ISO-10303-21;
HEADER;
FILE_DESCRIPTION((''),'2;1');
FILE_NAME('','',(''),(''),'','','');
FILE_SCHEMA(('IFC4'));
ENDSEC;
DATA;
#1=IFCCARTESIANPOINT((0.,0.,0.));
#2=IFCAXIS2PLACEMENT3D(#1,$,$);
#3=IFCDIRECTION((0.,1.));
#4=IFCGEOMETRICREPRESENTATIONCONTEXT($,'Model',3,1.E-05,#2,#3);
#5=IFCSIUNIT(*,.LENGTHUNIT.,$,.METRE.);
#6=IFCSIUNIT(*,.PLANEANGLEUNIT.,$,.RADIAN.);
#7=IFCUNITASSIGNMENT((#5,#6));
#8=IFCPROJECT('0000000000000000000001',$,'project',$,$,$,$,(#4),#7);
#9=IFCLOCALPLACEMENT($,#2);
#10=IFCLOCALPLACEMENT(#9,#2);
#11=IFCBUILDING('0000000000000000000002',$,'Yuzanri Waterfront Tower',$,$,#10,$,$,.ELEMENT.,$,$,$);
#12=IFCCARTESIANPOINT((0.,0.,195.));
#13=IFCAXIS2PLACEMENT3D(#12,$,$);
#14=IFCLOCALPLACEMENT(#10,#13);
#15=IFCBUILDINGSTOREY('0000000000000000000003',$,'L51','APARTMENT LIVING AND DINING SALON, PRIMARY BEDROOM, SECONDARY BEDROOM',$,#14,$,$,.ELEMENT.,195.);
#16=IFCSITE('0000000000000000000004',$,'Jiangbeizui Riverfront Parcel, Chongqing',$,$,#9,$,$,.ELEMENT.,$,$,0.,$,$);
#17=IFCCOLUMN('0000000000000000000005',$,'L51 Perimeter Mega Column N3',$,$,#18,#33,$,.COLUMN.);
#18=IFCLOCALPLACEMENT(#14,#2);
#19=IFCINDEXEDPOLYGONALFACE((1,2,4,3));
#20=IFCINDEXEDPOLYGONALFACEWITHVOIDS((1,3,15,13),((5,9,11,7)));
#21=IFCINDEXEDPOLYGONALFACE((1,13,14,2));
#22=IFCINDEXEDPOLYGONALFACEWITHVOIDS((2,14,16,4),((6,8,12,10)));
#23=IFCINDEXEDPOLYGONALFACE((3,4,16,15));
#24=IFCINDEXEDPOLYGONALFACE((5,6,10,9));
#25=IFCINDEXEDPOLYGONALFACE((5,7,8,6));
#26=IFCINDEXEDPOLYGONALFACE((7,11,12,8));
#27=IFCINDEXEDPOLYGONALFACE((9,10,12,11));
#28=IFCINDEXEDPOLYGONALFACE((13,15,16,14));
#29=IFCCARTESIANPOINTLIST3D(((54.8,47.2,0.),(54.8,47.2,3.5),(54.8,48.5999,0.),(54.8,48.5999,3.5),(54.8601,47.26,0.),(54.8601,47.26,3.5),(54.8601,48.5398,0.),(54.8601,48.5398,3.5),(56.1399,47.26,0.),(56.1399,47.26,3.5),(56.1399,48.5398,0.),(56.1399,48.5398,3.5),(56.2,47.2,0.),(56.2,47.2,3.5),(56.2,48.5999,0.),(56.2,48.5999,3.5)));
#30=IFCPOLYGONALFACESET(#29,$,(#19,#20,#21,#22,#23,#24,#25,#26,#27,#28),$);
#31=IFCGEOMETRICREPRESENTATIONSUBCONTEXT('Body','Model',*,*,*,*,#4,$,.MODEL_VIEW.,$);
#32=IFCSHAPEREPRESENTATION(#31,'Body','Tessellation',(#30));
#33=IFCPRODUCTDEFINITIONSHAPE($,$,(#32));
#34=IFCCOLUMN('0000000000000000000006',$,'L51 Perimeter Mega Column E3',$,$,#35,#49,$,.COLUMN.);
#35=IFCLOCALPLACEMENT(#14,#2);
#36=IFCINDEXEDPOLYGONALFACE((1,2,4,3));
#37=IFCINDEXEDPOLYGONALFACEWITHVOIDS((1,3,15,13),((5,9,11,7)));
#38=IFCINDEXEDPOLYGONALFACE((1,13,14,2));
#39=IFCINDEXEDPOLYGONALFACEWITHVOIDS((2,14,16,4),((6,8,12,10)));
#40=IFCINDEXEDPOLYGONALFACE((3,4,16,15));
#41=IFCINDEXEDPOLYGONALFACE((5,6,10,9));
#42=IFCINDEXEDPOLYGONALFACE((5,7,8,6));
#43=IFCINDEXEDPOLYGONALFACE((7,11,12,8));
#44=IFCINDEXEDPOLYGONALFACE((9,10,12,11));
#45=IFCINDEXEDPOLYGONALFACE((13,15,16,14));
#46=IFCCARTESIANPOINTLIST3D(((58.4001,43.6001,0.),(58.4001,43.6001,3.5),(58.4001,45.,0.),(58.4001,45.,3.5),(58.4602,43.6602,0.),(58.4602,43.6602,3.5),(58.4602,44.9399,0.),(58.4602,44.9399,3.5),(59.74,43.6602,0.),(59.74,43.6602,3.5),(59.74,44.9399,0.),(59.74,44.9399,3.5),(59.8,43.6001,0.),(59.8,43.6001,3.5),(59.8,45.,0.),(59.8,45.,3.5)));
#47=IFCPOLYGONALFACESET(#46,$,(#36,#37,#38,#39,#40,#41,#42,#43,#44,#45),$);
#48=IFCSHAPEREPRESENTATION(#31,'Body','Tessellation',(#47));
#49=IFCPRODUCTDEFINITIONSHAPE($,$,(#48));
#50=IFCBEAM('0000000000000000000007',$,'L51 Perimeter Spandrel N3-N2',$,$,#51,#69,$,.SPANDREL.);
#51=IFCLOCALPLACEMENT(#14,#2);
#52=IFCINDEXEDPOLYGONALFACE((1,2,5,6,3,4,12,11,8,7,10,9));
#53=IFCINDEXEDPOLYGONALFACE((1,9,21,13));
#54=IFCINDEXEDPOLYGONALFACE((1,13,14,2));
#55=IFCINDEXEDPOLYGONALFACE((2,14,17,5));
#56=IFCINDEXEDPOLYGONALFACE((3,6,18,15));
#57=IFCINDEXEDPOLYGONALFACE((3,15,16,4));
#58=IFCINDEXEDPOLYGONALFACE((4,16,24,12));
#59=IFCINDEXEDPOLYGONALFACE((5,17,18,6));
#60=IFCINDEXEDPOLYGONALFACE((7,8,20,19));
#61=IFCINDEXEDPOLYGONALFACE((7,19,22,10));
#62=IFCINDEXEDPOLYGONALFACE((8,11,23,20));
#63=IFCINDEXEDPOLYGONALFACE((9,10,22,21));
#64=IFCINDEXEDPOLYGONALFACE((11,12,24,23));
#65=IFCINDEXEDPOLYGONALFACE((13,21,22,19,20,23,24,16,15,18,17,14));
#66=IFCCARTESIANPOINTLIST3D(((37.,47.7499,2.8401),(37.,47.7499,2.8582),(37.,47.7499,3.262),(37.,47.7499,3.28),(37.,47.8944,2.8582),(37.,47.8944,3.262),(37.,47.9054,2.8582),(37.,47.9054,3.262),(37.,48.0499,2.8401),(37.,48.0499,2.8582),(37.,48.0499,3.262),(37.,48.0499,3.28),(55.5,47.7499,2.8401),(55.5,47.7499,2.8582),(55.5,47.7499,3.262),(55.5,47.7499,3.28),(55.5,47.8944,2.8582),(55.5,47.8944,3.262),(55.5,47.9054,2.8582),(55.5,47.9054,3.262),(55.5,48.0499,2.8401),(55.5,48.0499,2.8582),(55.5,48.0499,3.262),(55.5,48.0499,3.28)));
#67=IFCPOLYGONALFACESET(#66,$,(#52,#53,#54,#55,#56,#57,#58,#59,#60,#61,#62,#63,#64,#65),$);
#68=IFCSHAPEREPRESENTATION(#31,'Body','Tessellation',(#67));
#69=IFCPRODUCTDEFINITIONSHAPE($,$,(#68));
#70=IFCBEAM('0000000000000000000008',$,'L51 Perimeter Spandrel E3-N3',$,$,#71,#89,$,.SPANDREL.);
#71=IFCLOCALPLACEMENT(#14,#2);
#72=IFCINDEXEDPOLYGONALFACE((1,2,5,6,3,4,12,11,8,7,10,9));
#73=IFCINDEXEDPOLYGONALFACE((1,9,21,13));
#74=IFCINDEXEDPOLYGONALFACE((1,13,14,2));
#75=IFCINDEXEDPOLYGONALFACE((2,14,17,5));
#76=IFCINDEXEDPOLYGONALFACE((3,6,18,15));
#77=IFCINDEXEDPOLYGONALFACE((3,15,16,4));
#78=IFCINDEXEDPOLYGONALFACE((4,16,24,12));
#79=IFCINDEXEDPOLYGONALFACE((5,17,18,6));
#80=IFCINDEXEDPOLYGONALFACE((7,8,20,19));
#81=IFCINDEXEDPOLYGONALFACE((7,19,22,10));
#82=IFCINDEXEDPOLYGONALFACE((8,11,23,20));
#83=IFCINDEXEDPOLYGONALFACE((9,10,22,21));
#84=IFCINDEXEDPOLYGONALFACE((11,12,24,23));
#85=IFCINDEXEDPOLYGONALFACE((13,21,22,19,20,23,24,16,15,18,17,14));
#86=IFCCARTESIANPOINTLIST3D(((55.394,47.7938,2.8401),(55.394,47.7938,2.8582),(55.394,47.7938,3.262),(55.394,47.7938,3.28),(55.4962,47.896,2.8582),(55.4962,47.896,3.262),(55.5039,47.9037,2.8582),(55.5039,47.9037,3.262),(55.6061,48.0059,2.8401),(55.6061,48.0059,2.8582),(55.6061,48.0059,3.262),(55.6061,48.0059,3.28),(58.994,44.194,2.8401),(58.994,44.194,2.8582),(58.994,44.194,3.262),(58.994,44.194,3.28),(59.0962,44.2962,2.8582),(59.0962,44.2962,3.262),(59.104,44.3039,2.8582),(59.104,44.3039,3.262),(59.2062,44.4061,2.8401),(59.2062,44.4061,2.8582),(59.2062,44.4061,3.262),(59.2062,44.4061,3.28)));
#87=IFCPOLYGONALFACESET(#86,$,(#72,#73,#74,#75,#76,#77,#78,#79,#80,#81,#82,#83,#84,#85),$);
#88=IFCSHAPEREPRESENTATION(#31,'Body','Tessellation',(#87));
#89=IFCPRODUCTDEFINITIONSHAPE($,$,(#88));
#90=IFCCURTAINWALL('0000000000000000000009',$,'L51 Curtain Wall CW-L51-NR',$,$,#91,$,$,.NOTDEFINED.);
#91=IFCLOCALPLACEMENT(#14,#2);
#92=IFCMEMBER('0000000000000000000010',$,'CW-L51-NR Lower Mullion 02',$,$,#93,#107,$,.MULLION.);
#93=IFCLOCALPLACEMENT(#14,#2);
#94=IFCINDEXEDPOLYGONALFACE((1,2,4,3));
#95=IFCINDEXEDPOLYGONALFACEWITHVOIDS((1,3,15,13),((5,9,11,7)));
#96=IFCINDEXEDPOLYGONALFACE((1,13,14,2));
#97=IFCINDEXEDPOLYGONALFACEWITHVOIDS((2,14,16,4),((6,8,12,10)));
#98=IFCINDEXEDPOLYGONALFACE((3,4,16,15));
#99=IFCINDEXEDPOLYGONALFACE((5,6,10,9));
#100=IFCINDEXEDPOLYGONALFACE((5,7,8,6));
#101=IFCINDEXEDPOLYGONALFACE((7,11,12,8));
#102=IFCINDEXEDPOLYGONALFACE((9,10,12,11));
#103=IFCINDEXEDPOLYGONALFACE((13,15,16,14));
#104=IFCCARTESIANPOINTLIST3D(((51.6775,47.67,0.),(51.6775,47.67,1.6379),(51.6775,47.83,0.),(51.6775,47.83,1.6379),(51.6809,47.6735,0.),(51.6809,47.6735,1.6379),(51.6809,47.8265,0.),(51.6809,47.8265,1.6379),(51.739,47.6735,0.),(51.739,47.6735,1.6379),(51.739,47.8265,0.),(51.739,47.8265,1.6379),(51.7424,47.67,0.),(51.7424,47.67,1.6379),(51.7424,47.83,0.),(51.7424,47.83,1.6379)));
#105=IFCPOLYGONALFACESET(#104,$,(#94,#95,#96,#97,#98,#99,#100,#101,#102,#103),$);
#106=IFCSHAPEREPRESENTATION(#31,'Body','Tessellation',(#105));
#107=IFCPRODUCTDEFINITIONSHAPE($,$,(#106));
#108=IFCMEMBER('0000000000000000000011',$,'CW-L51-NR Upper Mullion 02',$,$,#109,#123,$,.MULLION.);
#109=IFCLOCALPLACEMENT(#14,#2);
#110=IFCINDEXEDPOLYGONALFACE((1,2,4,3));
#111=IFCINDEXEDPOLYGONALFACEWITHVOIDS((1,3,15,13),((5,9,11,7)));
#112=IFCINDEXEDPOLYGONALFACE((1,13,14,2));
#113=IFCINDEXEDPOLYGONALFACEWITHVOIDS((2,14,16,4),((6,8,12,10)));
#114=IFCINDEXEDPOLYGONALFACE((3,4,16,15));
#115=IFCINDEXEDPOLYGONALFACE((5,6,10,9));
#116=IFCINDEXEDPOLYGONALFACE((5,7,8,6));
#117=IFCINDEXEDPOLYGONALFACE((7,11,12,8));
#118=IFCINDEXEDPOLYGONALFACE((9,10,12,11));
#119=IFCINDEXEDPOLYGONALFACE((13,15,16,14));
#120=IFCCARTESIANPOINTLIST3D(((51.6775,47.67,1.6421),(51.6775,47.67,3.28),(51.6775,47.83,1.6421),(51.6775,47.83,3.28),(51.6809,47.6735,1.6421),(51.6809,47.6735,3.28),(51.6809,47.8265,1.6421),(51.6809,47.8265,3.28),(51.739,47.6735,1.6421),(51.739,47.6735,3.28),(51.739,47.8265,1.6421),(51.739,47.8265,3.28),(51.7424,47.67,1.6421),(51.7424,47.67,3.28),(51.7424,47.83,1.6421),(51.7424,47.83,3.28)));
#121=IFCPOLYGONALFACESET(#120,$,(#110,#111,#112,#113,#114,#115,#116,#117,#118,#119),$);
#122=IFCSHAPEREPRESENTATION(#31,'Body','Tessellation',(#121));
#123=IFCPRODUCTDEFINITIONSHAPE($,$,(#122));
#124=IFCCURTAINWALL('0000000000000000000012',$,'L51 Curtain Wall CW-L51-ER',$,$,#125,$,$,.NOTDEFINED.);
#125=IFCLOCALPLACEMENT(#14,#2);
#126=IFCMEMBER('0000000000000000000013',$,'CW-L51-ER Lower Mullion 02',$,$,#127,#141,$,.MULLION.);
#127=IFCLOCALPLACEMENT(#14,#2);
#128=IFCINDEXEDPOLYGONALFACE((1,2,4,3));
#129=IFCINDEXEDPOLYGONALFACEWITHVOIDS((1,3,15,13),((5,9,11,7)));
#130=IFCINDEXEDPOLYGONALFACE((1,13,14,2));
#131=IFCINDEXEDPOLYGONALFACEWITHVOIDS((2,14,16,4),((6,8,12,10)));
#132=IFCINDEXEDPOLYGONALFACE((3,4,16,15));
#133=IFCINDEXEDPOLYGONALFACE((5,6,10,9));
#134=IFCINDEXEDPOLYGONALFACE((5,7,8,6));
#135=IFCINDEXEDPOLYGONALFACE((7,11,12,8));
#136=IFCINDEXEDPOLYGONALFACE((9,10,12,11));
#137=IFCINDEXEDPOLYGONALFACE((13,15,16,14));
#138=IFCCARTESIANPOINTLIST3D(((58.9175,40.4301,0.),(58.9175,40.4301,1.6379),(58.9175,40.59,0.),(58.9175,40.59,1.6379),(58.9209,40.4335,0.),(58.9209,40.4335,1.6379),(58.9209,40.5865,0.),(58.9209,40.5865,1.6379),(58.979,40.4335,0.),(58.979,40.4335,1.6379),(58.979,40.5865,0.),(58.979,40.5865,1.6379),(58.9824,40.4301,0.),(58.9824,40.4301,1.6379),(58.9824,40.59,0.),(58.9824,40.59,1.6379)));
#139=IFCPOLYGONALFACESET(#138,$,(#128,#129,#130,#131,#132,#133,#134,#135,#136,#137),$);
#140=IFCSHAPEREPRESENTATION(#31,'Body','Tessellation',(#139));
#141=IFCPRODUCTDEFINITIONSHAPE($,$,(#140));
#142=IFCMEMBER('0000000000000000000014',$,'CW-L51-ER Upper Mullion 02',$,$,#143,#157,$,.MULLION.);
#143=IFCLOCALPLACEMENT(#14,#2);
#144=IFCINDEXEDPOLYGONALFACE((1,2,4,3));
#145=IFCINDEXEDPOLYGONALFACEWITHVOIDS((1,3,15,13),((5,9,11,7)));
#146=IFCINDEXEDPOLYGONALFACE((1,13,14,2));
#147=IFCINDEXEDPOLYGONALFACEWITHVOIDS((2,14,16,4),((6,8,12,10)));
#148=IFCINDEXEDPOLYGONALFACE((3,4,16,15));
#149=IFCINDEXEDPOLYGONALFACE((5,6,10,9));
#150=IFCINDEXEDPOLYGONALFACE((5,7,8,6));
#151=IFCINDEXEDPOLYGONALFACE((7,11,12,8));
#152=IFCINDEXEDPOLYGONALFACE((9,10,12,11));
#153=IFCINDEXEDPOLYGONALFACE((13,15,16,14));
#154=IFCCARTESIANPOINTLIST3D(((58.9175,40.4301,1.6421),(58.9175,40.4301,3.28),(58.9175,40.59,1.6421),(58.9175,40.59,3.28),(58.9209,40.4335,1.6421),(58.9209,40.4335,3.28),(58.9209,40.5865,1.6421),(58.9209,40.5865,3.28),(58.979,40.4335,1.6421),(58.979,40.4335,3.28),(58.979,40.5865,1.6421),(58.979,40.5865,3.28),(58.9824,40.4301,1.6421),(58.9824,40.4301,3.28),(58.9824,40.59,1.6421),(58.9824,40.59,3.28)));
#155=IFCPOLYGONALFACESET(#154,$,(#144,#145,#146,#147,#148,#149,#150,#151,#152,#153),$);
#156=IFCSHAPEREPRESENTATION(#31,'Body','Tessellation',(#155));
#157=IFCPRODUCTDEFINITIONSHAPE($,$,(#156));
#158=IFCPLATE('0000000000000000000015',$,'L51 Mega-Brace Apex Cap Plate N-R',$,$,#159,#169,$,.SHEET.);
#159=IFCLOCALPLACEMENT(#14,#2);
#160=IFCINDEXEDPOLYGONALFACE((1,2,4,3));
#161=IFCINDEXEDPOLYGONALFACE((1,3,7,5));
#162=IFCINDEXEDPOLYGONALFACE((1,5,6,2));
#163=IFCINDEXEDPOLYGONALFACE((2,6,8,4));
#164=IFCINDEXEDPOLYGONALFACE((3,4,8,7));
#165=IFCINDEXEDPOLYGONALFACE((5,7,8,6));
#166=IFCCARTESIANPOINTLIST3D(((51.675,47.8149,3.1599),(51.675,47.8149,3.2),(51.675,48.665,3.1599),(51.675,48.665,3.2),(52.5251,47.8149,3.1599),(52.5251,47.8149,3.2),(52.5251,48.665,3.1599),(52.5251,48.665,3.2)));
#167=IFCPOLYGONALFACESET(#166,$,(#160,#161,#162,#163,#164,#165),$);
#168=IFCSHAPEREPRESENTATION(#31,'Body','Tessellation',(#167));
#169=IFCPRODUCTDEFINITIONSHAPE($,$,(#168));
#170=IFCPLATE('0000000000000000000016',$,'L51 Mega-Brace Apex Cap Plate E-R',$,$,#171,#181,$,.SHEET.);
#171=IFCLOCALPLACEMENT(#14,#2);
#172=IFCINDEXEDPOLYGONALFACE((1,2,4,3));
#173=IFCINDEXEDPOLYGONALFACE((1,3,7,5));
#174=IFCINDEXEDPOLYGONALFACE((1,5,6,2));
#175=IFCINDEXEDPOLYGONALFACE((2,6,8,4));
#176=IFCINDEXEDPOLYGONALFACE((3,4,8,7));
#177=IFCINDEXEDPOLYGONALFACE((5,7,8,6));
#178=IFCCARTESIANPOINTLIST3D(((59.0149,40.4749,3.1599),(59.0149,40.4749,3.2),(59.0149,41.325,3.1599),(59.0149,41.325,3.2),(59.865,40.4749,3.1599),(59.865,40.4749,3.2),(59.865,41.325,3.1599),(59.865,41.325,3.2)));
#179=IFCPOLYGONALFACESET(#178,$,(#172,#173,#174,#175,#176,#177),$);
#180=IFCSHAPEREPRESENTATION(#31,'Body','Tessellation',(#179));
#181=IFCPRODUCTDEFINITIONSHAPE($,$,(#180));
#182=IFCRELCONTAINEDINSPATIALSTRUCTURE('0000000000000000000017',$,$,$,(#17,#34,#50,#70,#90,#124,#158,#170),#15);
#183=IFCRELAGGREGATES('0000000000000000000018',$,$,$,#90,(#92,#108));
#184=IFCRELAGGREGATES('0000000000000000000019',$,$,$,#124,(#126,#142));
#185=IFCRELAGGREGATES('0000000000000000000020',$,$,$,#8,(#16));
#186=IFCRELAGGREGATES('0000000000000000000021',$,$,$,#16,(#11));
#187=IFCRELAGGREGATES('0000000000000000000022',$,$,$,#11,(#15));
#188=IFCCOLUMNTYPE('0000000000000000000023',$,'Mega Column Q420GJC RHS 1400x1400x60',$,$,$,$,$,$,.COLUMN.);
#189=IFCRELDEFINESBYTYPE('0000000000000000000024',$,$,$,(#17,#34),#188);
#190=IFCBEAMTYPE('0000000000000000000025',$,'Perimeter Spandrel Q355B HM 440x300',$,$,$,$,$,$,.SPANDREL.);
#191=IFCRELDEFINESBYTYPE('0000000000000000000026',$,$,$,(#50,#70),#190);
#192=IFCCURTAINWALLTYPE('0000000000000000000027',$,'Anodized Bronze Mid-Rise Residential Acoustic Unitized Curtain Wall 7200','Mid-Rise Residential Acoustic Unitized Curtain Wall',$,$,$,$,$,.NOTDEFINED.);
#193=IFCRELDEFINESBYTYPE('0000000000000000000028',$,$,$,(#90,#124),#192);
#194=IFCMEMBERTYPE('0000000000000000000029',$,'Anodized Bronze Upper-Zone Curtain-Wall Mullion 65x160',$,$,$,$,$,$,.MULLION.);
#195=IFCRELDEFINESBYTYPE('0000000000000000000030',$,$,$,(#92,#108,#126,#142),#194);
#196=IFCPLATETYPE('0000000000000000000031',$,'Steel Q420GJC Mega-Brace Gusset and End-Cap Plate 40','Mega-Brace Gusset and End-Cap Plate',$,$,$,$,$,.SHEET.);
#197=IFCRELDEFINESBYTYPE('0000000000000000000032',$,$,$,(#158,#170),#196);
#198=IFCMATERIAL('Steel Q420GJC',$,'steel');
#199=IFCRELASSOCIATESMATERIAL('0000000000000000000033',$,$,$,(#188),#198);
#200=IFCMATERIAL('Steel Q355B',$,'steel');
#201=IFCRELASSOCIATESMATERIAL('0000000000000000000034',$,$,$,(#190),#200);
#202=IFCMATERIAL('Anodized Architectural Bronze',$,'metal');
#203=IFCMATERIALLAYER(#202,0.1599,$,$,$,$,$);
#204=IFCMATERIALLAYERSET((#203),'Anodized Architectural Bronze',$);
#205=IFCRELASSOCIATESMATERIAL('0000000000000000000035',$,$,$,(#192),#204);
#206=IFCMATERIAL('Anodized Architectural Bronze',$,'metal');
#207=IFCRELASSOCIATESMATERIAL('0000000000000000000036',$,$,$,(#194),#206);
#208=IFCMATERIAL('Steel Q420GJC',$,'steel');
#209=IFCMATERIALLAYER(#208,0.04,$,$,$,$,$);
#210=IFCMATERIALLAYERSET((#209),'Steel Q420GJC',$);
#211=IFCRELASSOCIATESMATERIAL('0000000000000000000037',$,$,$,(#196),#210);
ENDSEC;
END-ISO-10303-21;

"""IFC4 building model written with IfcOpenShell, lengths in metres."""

from ifc_helpers import new_model, si_unit, direction, frame, origin, origin_2d, place, context, subcontext, project, spatial, rectangle, hollow_rectangle, i_section, extrude, source, transform, mapped, material, layer, layer_set, material_profile, profile_set, type_object, element, aggregate, save


model = new_model("IFC4")

# Units and contexts
model_context = context("Model", 3, precision=1e-05, world=origin(), true_north=direction((0.0, 1.0)))
body_context = subcontext(model_context, "Body", "Model", "MODEL_VIEW")
ifc_project = project(units=[si_unit("LENGTHUNIT", "METRE"), si_unit("PLANEANGLEUNIT", "RADIAN")], contexts=[model_context])

# Site, building, storey
site_placement = place(None, origin())
site = spatial("IfcSite", under=ifc_project, at=site_placement, Name="Jiangbeizui Riverfront Parcel, Chongqing", CompositionType="ELEMENT", RefElevation=0.0)
building_placement = place(site_placement, origin())
building = spatial("IfcBuilding", under=site, at=building_placement, Name="Yuzanri Waterfront Tower", CompositionType="ELEMENT")
storey_placement = place(building_placement, frame((0.0, 0.0, 195.0)))
storey = spatial("IfcBuildingStorey", under=building, at=storey_placement, Name="L51", Description="APARTMENT LIVING AND DINING SALON, PRIMARY BEDROOM, SECONDARY BEDROOM", CompositionType="ELEMENT", Elevation=195.0)

# Columns
ifc_material_1 = material(Name="Steel Q420GJC", Category="steel")
ifc_material_profile_1 = material_profile(ifc_material_1, hollow_rectangle(XDim=1.3999, YDim=1.3999, WallThickness=0.0601, at=origin_2d()), Name="RHS 1400x1400x60")
ifc_profile_set_1 = profile_set([ifc_material_profile_1], Name="Steel Q420GJC")
column_type = type_object("IfcColumnType", Name="Mega Column Q420GJC RHS 1400x1400x60", PredefinedType="COLUMN", material=ifc_profile_set_1)
shared_shape_1 = source(origin(), body_context, "Body", "SweptSolid", [
    extrude(hollow_rectangle(XDim=1.3999, YDim=1.3999, WallThickness=0.0601, at=origin_2d()), origin(), (0.0, 0.0, 1.0), 3.5),
])
for number, where, z_axis, x_axis, name in (
    (1, (55.5, 47.8999, 0.0), (0.0, 0.0, 1.0), (1.0, 0.0, 0.0), "L51 Perimeter Mega Column N3"),
    (2, (59.1001, 44.3, 0.0), (0.0, 0.0, 1.0), (1.0, 0.0, 0.0), "L51 Perimeter Mega Column E3"),
):
    element("IfcColumn", number, at=place(storey_placement, frame(where, z_axis=z_axis, x_axis=x_axis)), inside=storey, type_object=column_type, Name=name, PredefinedType="COLUMN", context=body_context, shape_type="MappedRepresentation", body=[
        mapped(shared_shape_1, transform((0.0, 0.0, 0.0), scale=1.0)),
    ])

# Beams
ifc_material_2 = material(Name="Steel Q355B", Category="steel")
ifc_material_profile_2 = material_profile(ifc_material_2, i_section(OverallWidth=0.3, OverallDepth=0.4399, WebThickness=0.011, FlangeThickness=0.0181, at=origin_2d()), Name="HM 440x300x11x18")
ifc_profile_set_2 = profile_set([ifc_material_profile_2], Name="Steel Q355B")
beam_type = type_object("IfcBeamType", Name="Perimeter Spandrel Q355B HM 440x300", PredefinedType="SPANDREL", material=ifc_profile_set_2)
shared_shape_2 = source(origin(), body_context, "Body", "SweptSolid", [
    extrude(i_section(OverallWidth=0.3, OverallDepth=0.4399, WebThickness=0.011, FlangeThickness=0.0181, at=origin_2d()), origin(), (0.0, 0.0, 1.0), 18.5),
])
beam_1_placement = place(storey_placement, frame((55.5, 47.8999, 3.0601), z_axis=(-1.0, 0.0, 0.0), x_axis=(0.0, -1.0, 0.0)))
element("IfcBeam", 3, at=beam_1_placement, inside=storey, type_object=beam_type, Name="L51 Perimeter Spandrel N3-N2", PredefinedType="SPANDREL", context=body_context, shape_type="MappedRepresentation", body=[
    mapped(shared_shape_2, transform((0.0, 0.0, 0.0), scale=1.0)),
])
shared_shape_3 = source(origin(), body_context, "Body", "SweptSolid", [
    extrude(i_section(OverallWidth=0.3, OverallDepth=0.4399, WebThickness=0.011, FlangeThickness=0.0181, at=origin_2d()), origin(), (0.0, 0.0, 1.0), 5.0911),
])
beam_2_placement = place(storey_placement, frame((59.1001, 44.3, 3.0601), z_axis=(-0.707131, 0.707083, 0.0), x_axis=(-0.707083, -0.707131, 0.0)))
element("IfcBeam", 4, at=beam_2_placement, inside=storey, type_object=beam_type, Name="L51 Perimeter Spandrel E3-N3", PredefinedType="SPANDREL", context=body_context, shape_type="MappedRepresentation", body=[
    mapped(shared_shape_3, transform((0.0, 0.0, 0.0), scale=1.0)),
])

# Curtain walls, members
ifc_material_3 = material(Name="Anodized Architectural Bronze", Category="metal")
ifc_layer_1 = layer(ifc_material_3, 0.1599)
ifc_layer_set_1 = layer_set([ifc_layer_1], Name="Anodized Architectural Bronze")
curtain_wall_type = type_object("IfcCurtainWallType", Name="Anodized Bronze Mid-Rise Residential Acoustic Unitized Curtain Wall 7200", Description="Mid-Rise Residential Acoustic Unitized Curtain Wall", PredefinedType="NOTDEFINED", material=ifc_layer_set_1)
curtain_wall_1_placement = place(storey_placement, origin())
curtain_wall_1 = element("IfcCurtainWall", 5, at=curtain_wall_1_placement, inside=storey, type_object=curtain_wall_type, Name="L51 Curtain Wall CW-L51-NR", PredefinedType="NOTDEFINED")
ifc_material_4 = material(Name="Anodized Architectural Bronze", Category="metal")
ifc_material_profile_3 = material_profile(ifc_material_4, hollow_rectangle(XDim=0.0649, YDim=0.1599, WallThickness=0.0034, at=origin_2d()), Name="CWM 65x160")
ifc_profile_set_3 = profile_set([ifc_material_profile_3], Name="Anodized Architectural Bronze")
member_type = type_object("IfcMemberType", Name="Anodized Bronze Upper-Zone Curtain-Wall Mullion 65x160", PredefinedType="MULLION", material=ifc_profile_set_3)
shared_shape_4 = source(origin(), body_context, "Body", "SweptSolid", [
    extrude(hollow_rectangle(XDim=0.0649, YDim=0.1599, WallThickness=0.0034, at=origin_2d()), origin(), (0.0, 0.0, 1.0), 1.6379),
])
member_1_placement = place(storey_placement, frame((51.71, 47.75, 0.0), z_axis=(0.0, 0.0, 1.0), x_axis=(1.0, 0.0, 0.0)))
member_1 = element("IfcMember", 6, at=member_1_placement, type_object=member_type, Name="CW-L51-NR Lower Mullion 02", PredefinedType="MULLION", context=body_context, shape_type="MappedRepresentation", body=[
    mapped(shared_shape_4, transform((0.0, 0.0, 0.0), scale=1.0)),
])
member_2_placement = place(storey_placement, frame((51.71, 47.75, 1.6421), z_axis=(0.0, 0.0, 1.0), x_axis=(1.0, 0.0, 0.0)))
member_2 = element("IfcMember", 7, at=member_2_placement, type_object=member_type, Name="CW-L51-NR Upper Mullion 02", PredefinedType="MULLION", context=body_context, shape_type="MappedRepresentation", body=[
    mapped(shared_shape_4, transform((0.0, 0.0, 0.0), scale=1.0)),
])
aggregate(curtain_wall_1, [member_1, member_2])
curtain_wall_2_placement = place(storey_placement, origin())
curtain_wall_2 = element("IfcCurtainWall", 8, at=curtain_wall_2_placement, inside=storey, type_object=curtain_wall_type, Name="L51 Curtain Wall CW-L51-ER", PredefinedType="NOTDEFINED")
member_3_placement = place(storey_placement, frame((58.95, 40.51, 0.0), z_axis=(0.0, 0.0, 1.0), x_axis=(1.0, 0.0, 0.0)))
member_3 = element("IfcMember", 9, at=member_3_placement, type_object=member_type, Name="CW-L51-ER Lower Mullion 02", PredefinedType="MULLION", context=body_context, shape_type="MappedRepresentation", body=[
    mapped(shared_shape_4, transform((0.0, 0.0, 0.0), scale=1.0)),
])
member_4_placement = place(storey_placement, frame((58.95, 40.51, 1.6421), z_axis=(0.0, 0.0, 1.0), x_axis=(1.0, 0.0, 0.0)))
member_4 = element("IfcMember", 10, at=member_4_placement, type_object=member_type, Name="CW-L51-ER Upper Mullion 02", PredefinedType="MULLION", context=body_context, shape_type="MappedRepresentation", body=[
    mapped(shared_shape_4, transform((0.0, 0.0, 0.0), scale=1.0)),
])

# Plates
ifc_material_5 = material(Name="Steel Q420GJC", Category="steel")
ifc_layer_2 = layer(ifc_material_5, 0.04)
ifc_layer_set_2 = layer_set([ifc_layer_2], Name="Steel Q420GJC")
plate_type_1 = type_object("IfcPlateType", Name="Steel Q420GJC Mega-Brace Gusset and End-Cap Plate 40", Description="Mega-Brace Gusset and End-Cap Plate", PredefinedType="SHEET", material=ifc_layer_set_2)
shared_shape_5 = source(origin(), body_context, "Body", "SweptSolid", [
    extrude(rectangle(XDim=0.8501, YDim=0.8501, at=origin_2d()), origin(), (0.0, 0.0, 1.0), 0.04),
])
for number, where, z_axis, x_axis, name in (
    (11, (52.1001, 48.24, 3.1599), (0.0, 0.0, 1.0), (1.0, 0.0, 0.0), "L51 Mega-Brace Apex Cap Plate N-R"),
    (12, (59.4399, 40.8999, 3.1599), (0.0, 0.0, 1.0), (1.0, 0.0, 0.0), "L51 Mega-Brace Apex Cap Plate E-R"),
):
    element("IfcPlate", number, at=place(storey_placement, frame(where, z_axis=z_axis, x_axis=x_axis)), inside=storey, type_object=plate_type_1, Name=name, PredefinedType="SHEET", context=body_context, shape_type="MappedRepresentation", body=[
        mapped(shared_shape_5, transform((0.0, 0.0, 0.0), scale=1.0)),
    ])

aggregate(curtain_wall_2, [member_3, member_4])

save(model, "model.ifc")
